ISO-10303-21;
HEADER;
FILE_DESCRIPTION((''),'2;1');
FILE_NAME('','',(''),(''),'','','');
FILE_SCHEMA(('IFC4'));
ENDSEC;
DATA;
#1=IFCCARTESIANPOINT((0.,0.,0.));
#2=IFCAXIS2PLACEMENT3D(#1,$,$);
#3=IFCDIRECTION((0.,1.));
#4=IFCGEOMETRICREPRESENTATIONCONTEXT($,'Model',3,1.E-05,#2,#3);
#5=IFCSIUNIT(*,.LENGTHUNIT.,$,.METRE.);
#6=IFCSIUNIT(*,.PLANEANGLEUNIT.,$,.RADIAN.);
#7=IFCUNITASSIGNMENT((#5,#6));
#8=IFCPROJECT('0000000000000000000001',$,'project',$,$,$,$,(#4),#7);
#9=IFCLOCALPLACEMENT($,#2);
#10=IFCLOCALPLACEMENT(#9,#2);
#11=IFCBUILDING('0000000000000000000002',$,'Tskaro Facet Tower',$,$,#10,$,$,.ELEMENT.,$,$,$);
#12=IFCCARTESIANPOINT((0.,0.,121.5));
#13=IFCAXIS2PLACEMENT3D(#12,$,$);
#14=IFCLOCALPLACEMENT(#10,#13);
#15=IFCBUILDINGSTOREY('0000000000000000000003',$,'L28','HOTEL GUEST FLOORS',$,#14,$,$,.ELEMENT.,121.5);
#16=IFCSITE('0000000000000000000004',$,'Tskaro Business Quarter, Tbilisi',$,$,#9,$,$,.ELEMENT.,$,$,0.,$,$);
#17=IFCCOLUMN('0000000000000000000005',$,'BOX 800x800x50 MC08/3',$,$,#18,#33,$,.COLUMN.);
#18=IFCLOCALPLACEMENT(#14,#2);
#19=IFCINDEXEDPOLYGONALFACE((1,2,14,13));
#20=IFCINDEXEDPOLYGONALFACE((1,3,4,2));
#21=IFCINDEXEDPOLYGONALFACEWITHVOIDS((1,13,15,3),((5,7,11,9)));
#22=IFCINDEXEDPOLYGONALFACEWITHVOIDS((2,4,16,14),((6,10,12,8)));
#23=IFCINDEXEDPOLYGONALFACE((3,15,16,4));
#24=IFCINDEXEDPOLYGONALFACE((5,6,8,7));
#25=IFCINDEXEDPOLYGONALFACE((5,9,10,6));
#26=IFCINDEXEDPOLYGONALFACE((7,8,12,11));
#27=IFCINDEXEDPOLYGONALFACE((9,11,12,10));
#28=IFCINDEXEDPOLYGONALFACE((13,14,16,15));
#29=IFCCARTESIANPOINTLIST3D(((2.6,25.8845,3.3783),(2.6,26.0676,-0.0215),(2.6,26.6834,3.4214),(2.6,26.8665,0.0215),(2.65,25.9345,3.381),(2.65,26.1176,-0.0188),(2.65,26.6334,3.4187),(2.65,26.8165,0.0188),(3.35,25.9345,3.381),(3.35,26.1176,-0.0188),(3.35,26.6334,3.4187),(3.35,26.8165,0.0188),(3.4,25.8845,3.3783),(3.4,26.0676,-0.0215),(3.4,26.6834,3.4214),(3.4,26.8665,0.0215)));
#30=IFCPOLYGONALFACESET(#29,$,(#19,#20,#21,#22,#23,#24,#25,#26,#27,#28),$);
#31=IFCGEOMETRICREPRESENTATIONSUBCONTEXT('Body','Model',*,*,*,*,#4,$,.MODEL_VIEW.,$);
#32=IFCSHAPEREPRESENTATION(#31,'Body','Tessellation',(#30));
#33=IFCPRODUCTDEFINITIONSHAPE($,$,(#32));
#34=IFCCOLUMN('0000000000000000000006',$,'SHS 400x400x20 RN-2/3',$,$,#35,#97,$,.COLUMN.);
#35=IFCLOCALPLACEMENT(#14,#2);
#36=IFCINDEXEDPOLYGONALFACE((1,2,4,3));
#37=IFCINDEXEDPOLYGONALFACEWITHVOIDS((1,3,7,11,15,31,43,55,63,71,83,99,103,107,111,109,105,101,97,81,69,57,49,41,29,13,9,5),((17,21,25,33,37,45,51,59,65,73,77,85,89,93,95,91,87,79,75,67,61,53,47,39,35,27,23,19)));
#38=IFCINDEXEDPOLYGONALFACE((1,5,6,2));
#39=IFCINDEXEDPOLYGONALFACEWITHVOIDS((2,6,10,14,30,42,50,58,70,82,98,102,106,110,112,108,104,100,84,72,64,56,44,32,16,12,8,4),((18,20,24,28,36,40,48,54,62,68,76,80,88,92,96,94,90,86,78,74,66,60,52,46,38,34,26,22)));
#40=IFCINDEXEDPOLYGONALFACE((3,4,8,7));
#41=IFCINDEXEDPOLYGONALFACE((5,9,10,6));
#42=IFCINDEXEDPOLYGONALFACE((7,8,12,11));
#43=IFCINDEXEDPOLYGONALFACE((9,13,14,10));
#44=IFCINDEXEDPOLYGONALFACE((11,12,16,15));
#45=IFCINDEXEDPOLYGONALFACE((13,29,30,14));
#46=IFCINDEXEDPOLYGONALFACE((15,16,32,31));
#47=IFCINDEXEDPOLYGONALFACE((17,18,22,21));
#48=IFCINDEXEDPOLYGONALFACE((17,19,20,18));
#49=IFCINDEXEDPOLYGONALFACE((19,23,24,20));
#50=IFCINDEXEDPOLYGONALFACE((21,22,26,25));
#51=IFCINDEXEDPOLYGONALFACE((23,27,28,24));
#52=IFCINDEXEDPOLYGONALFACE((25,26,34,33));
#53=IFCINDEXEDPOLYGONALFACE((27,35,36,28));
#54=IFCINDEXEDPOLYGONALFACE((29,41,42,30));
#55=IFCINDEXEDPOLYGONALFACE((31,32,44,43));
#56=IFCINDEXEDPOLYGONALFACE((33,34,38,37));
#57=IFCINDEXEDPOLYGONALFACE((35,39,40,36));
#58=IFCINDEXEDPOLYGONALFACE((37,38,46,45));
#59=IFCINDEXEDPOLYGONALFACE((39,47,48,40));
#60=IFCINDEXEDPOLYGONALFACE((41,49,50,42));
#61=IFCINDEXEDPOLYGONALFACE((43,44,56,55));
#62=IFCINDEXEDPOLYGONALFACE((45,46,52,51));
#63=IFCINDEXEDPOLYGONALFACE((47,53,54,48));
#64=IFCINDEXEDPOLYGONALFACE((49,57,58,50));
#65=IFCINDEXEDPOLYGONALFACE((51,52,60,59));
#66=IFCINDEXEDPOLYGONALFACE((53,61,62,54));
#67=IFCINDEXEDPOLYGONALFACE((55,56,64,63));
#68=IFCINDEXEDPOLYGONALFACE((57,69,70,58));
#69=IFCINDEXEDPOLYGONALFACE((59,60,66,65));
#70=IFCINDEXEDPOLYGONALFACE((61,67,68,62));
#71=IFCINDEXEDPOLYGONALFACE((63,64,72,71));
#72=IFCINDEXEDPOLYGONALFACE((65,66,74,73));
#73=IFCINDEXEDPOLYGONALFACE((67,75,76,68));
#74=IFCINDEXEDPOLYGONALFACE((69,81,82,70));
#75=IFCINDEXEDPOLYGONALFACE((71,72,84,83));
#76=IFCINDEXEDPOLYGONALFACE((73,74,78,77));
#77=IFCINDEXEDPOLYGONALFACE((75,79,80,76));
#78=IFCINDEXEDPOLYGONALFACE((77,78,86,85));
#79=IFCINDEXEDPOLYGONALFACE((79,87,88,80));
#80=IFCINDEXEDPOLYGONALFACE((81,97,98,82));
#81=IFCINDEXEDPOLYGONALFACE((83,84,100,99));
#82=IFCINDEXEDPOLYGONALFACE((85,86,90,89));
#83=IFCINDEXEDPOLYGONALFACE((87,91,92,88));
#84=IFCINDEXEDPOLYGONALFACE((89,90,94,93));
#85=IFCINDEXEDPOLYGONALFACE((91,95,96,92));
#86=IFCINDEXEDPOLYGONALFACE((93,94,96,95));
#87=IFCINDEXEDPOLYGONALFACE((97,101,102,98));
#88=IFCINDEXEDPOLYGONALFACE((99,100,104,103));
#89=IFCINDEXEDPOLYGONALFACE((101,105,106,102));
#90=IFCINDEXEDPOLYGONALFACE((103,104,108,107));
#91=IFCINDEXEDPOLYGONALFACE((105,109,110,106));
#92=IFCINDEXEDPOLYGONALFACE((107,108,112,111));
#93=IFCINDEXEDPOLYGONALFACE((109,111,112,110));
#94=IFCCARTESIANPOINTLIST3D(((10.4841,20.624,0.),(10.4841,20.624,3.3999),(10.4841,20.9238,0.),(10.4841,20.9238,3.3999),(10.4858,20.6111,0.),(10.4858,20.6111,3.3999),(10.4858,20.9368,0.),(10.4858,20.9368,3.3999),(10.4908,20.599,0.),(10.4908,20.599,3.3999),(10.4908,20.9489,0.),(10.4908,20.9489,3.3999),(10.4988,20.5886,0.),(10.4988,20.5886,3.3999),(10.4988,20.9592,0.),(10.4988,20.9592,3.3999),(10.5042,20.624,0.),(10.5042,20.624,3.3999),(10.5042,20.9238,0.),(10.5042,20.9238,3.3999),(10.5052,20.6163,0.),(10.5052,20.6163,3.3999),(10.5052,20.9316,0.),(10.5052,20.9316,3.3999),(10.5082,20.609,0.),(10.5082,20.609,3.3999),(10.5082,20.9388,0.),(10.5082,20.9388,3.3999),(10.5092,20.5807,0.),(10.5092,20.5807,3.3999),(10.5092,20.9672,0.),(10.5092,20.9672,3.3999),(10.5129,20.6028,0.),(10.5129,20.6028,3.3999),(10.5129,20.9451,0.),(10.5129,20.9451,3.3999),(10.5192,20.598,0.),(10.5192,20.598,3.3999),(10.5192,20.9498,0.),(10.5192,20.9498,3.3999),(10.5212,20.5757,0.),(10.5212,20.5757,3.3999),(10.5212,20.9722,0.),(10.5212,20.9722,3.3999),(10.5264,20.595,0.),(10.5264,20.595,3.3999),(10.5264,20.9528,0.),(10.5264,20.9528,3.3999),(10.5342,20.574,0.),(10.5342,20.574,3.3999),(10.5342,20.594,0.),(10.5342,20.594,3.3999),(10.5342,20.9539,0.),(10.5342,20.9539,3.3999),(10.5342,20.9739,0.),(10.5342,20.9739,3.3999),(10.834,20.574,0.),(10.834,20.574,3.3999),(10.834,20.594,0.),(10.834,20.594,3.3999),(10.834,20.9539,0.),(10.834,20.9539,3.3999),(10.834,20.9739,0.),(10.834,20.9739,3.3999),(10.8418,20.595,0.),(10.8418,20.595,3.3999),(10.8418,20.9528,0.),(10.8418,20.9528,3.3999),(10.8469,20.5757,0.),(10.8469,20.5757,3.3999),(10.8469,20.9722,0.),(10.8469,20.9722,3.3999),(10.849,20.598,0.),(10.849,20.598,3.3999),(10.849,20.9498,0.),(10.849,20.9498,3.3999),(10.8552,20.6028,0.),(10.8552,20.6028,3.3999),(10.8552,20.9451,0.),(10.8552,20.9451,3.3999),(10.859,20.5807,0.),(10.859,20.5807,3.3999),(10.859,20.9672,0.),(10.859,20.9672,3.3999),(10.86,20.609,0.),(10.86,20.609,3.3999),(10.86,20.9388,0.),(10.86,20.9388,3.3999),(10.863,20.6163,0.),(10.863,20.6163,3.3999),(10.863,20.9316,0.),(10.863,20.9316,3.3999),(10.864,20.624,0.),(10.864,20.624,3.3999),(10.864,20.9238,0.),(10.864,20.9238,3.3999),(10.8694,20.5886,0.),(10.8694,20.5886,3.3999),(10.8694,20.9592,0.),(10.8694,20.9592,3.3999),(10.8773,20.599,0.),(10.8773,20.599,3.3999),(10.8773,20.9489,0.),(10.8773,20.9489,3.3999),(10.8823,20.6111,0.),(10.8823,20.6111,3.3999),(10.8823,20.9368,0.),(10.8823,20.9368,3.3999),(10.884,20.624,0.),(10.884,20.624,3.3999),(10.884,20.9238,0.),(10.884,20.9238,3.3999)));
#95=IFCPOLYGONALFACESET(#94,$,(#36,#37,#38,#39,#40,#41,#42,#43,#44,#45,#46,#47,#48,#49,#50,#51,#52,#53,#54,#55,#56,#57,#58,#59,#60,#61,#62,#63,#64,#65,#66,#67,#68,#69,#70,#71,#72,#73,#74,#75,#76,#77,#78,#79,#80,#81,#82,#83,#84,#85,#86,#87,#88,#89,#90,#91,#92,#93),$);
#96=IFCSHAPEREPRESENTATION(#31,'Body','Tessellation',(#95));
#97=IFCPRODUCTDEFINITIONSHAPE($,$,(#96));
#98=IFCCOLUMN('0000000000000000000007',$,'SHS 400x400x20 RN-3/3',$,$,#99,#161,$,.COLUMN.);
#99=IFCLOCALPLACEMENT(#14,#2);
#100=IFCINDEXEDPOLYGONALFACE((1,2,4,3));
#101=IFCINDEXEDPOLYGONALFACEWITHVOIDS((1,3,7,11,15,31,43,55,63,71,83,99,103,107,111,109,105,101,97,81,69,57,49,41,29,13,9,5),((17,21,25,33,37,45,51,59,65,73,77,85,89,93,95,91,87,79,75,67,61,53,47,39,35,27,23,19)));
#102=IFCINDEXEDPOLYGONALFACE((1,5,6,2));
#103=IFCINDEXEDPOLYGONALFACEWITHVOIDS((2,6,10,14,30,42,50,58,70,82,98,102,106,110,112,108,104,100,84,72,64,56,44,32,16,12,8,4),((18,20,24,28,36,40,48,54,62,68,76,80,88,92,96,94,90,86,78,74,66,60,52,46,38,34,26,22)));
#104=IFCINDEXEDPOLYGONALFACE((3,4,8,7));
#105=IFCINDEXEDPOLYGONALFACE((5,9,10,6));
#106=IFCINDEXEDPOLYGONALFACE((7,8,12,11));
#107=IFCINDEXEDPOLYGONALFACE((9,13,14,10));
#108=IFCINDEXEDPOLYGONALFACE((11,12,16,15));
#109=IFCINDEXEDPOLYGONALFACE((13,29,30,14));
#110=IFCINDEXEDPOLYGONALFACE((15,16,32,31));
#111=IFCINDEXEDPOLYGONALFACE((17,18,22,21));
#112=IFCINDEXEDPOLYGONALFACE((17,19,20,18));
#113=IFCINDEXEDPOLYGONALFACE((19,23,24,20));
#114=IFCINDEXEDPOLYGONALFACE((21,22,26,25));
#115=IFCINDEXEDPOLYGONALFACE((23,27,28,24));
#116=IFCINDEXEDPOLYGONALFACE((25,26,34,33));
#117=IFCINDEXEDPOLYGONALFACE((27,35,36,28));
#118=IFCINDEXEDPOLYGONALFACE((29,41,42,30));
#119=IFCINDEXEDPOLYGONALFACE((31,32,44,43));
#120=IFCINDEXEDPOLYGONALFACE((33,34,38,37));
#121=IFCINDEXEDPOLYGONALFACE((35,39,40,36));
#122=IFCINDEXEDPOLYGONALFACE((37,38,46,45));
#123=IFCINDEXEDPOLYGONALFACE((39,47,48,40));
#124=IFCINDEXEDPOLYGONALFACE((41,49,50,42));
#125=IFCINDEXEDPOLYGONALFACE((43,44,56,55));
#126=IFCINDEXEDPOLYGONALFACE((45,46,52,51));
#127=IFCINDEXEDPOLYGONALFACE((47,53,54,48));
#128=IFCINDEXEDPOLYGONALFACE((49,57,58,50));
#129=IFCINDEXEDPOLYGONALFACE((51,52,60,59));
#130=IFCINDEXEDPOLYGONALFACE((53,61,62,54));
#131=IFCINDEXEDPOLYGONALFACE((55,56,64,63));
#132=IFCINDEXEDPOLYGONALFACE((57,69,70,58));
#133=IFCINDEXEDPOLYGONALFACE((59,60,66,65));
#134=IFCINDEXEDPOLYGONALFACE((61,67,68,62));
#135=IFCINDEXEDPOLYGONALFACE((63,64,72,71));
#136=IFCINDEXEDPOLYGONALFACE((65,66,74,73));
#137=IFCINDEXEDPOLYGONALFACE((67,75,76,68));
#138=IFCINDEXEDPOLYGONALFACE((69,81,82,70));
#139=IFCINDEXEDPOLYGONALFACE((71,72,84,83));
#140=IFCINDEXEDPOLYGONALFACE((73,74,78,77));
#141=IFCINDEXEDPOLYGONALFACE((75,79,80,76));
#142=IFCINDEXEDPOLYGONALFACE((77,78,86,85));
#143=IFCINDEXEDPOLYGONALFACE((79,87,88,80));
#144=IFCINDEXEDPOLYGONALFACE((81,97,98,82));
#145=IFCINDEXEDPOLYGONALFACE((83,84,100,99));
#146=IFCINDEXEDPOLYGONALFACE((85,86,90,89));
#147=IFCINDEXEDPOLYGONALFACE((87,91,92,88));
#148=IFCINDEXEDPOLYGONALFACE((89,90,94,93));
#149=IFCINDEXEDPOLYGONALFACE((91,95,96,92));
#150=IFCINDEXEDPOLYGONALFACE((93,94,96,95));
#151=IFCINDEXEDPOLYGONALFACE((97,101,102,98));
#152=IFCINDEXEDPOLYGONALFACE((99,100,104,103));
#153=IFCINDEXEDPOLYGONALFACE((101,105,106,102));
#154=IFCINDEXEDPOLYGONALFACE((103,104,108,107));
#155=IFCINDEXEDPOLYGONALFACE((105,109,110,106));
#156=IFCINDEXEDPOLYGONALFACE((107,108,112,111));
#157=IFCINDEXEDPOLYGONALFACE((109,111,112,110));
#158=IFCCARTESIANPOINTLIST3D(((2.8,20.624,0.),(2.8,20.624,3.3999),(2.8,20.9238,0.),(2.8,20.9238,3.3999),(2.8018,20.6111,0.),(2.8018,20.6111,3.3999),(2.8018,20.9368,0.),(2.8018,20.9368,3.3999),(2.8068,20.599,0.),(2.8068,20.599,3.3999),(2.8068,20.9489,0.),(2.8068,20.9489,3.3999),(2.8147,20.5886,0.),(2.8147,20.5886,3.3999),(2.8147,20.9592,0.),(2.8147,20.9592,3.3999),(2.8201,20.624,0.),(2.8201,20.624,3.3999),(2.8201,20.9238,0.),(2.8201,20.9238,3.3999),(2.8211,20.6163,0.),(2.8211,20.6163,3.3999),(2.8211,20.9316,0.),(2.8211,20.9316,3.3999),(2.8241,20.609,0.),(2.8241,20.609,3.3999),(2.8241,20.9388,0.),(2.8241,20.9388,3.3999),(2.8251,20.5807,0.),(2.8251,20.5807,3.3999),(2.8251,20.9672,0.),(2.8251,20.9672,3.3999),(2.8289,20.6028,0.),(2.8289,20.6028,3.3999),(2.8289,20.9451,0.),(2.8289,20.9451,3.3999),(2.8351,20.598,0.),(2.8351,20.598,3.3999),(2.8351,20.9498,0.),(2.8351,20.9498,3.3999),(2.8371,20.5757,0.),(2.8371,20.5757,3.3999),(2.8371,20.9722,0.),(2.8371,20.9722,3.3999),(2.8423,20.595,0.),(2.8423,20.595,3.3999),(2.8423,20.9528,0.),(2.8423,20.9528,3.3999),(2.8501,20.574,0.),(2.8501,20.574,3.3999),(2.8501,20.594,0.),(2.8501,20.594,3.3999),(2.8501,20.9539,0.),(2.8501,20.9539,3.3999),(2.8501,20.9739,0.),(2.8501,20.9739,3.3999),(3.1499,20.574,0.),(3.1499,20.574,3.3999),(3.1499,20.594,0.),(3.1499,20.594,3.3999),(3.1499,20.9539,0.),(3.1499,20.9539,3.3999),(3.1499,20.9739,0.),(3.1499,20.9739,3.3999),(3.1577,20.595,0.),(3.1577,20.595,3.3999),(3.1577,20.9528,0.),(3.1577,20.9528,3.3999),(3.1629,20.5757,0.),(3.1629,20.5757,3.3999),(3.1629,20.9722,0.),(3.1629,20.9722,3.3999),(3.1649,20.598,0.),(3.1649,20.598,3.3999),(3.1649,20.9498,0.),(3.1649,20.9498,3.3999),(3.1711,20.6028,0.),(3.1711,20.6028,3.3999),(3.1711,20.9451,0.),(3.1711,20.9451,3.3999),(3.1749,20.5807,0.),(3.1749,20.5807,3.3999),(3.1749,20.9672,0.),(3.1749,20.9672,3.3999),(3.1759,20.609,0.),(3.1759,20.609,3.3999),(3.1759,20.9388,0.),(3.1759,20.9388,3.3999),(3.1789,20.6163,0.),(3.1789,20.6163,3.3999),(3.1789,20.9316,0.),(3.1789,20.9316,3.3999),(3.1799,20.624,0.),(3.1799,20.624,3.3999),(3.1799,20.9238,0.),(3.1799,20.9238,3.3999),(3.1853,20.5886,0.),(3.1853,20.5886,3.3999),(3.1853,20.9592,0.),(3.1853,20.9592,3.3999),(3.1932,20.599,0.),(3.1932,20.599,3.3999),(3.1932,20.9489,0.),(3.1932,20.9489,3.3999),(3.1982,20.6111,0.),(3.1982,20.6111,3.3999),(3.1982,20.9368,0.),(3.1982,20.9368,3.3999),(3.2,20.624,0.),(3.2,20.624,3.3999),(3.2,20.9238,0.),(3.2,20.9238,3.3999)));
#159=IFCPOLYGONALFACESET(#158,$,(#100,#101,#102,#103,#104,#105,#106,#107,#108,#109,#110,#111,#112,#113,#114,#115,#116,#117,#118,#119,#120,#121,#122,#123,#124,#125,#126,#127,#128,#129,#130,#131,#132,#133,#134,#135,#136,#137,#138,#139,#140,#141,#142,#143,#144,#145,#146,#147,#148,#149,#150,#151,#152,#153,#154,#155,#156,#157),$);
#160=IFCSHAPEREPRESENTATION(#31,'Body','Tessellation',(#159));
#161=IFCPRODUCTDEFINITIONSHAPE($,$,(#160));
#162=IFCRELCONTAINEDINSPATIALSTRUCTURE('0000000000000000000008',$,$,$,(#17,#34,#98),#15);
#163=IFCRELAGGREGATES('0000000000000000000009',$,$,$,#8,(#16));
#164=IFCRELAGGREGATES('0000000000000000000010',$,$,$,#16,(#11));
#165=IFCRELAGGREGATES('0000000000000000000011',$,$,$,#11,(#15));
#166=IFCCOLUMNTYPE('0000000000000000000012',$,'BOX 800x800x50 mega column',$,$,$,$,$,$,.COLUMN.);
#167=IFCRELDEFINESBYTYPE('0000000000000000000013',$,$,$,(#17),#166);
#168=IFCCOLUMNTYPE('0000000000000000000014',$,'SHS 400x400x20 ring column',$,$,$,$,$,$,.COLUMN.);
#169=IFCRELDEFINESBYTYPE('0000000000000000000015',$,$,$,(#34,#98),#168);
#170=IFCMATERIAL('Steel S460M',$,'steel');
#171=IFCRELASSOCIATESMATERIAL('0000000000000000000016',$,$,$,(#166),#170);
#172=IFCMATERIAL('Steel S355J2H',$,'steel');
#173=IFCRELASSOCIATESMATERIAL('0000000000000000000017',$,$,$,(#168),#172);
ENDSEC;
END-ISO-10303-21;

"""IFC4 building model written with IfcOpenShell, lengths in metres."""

from ifc_helpers import new_model, si_unit, direction, frame, origin, origin_2d, place, context, subcontext, project, spatial, hollow_rectangle, extrude, material, material_profile, profile_set, type_object, element, save


model = new_model("IFC4")

# Units and contexts
model_context = context("Model", 3, precision=1e-05, world=origin(), true_north=direction((0.0, 1.0)))
body_context = subcontext(model_context, "Body", "Model", "MODEL_VIEW")
ifc_project = project(units=[si_unit("LENGTHUNIT", "METRE"), si_unit("PLANEANGLEUNIT", "RADIAN")], contexts=[model_context])

# Site, building, storey
site_placement = place(None, origin())
site = spatial("IfcSite", under=ifc_project, at=site_placement, Name="Tskaro Business Quarter, Tbilisi", CompositionType="ELEMENT", RefElevation=0.0)
building_placement = place(site_placement, origin())
building = spatial("IfcBuilding", under=site, at=building_placement, Name="Tskaro Facet Tower", CompositionType="ELEMENT")
storey_placement = place(building_placement, frame((0.0, 0.0, 121.5)))
storey = spatial("IfcBuildingStorey", under=building, at=storey_placement, Name="L28", Description="HOTEL GUEST FLOORS", CompositionType="ELEMENT", Elevation=121.5)

# Columns
ifc_material_1 = material(Name="Steel S460M", Category="steel")
ifc_material_profile_1 = material_profile(ifc_material_1, hollow_rectangle(XDim=0.8, YDim=0.8, WallThickness=0.05, at=origin_2d()), Name="BOX 800x800x50")
ifc_profile_set_1 = profile_set([ifc_material_profile_1], Name="Steel S460M")
column_type_1 = type_object("IfcColumnType", Name="BOX 800x800x50 mega column", PredefinedType="COLUMN", material=ifc_profile_set_1)
column_placement = place(storey_placement, frame((3.0, 26.467, 0.0), z_axis=(0.0, -0.053778, 0.998553), x_axis=(1.0, 0.0, 0.0)))
element("IfcColumn", 1, at=column_placement, inside=storey, type_object=column_type_1, Name="BOX 800x800x50 MC08/3", PredefinedType="COLUMN", context=body_context, shape_type="SweptSolid", body=[
    extrude(hollow_rectangle(XDim=0.8, YDim=0.8, WallThickness=0.05, at=origin_2d()), origin(), (0.0, 0.0, 1.0), 3.4048),
])
ifc_material_2 = material(Name="Steel S355J2H", Category="steel")
ifc_material_profile_2 = material_profile(ifc_material_2, hollow_rectangle(XDim=0.3999, YDim=0.3999, WallThickness=0.02, InnerFilletRadius=0.03, OuterFilletRadius=0.05, at=origin_2d()), Name="SHS 400x400x20")
ifc_profile_set_2 = profile_set([ifc_material_profile_2], Name="Steel S355J2H")
column_type_2 = type_object("IfcColumnType", Name="SHS 400x400x20 ring column", PredefinedType="COLUMN", material=ifc_profile_set_2)
for number, where, z_axis, x_axis, name in (
    (2, (10.6841, 20.7739, 0.0), (0.0, 0.0, 1.0), (1.0, 0.0, 0.0), "SHS 400x400x20 RN-2/3"),
    (3, (3.0, 20.7739, 0.0), (0.0, 0.0, 1.0), (1.0, 0.0, 0.0), "SHS 400x400x20 RN-3/3"),
):
    element("IfcColumn", number, at=place(storey_placement, frame(where, z_axis=z_axis, x_axis=x_axis)), inside=storey, type_object=column_type_2, Name=name, PredefinedType="COLUMN", context=body_context, shape_type="SweptSolid", body=[
        extrude(hollow_rectangle(XDim=0.3999, YDim=0.3999, WallThickness=0.02, InnerFilletRadius=0.03, OuterFilletRadius=0.05, at=origin_2d()), origin(), (0.0, 0.0, 1.0), 3.3999),
    ])

save(model, "model.ifc")
